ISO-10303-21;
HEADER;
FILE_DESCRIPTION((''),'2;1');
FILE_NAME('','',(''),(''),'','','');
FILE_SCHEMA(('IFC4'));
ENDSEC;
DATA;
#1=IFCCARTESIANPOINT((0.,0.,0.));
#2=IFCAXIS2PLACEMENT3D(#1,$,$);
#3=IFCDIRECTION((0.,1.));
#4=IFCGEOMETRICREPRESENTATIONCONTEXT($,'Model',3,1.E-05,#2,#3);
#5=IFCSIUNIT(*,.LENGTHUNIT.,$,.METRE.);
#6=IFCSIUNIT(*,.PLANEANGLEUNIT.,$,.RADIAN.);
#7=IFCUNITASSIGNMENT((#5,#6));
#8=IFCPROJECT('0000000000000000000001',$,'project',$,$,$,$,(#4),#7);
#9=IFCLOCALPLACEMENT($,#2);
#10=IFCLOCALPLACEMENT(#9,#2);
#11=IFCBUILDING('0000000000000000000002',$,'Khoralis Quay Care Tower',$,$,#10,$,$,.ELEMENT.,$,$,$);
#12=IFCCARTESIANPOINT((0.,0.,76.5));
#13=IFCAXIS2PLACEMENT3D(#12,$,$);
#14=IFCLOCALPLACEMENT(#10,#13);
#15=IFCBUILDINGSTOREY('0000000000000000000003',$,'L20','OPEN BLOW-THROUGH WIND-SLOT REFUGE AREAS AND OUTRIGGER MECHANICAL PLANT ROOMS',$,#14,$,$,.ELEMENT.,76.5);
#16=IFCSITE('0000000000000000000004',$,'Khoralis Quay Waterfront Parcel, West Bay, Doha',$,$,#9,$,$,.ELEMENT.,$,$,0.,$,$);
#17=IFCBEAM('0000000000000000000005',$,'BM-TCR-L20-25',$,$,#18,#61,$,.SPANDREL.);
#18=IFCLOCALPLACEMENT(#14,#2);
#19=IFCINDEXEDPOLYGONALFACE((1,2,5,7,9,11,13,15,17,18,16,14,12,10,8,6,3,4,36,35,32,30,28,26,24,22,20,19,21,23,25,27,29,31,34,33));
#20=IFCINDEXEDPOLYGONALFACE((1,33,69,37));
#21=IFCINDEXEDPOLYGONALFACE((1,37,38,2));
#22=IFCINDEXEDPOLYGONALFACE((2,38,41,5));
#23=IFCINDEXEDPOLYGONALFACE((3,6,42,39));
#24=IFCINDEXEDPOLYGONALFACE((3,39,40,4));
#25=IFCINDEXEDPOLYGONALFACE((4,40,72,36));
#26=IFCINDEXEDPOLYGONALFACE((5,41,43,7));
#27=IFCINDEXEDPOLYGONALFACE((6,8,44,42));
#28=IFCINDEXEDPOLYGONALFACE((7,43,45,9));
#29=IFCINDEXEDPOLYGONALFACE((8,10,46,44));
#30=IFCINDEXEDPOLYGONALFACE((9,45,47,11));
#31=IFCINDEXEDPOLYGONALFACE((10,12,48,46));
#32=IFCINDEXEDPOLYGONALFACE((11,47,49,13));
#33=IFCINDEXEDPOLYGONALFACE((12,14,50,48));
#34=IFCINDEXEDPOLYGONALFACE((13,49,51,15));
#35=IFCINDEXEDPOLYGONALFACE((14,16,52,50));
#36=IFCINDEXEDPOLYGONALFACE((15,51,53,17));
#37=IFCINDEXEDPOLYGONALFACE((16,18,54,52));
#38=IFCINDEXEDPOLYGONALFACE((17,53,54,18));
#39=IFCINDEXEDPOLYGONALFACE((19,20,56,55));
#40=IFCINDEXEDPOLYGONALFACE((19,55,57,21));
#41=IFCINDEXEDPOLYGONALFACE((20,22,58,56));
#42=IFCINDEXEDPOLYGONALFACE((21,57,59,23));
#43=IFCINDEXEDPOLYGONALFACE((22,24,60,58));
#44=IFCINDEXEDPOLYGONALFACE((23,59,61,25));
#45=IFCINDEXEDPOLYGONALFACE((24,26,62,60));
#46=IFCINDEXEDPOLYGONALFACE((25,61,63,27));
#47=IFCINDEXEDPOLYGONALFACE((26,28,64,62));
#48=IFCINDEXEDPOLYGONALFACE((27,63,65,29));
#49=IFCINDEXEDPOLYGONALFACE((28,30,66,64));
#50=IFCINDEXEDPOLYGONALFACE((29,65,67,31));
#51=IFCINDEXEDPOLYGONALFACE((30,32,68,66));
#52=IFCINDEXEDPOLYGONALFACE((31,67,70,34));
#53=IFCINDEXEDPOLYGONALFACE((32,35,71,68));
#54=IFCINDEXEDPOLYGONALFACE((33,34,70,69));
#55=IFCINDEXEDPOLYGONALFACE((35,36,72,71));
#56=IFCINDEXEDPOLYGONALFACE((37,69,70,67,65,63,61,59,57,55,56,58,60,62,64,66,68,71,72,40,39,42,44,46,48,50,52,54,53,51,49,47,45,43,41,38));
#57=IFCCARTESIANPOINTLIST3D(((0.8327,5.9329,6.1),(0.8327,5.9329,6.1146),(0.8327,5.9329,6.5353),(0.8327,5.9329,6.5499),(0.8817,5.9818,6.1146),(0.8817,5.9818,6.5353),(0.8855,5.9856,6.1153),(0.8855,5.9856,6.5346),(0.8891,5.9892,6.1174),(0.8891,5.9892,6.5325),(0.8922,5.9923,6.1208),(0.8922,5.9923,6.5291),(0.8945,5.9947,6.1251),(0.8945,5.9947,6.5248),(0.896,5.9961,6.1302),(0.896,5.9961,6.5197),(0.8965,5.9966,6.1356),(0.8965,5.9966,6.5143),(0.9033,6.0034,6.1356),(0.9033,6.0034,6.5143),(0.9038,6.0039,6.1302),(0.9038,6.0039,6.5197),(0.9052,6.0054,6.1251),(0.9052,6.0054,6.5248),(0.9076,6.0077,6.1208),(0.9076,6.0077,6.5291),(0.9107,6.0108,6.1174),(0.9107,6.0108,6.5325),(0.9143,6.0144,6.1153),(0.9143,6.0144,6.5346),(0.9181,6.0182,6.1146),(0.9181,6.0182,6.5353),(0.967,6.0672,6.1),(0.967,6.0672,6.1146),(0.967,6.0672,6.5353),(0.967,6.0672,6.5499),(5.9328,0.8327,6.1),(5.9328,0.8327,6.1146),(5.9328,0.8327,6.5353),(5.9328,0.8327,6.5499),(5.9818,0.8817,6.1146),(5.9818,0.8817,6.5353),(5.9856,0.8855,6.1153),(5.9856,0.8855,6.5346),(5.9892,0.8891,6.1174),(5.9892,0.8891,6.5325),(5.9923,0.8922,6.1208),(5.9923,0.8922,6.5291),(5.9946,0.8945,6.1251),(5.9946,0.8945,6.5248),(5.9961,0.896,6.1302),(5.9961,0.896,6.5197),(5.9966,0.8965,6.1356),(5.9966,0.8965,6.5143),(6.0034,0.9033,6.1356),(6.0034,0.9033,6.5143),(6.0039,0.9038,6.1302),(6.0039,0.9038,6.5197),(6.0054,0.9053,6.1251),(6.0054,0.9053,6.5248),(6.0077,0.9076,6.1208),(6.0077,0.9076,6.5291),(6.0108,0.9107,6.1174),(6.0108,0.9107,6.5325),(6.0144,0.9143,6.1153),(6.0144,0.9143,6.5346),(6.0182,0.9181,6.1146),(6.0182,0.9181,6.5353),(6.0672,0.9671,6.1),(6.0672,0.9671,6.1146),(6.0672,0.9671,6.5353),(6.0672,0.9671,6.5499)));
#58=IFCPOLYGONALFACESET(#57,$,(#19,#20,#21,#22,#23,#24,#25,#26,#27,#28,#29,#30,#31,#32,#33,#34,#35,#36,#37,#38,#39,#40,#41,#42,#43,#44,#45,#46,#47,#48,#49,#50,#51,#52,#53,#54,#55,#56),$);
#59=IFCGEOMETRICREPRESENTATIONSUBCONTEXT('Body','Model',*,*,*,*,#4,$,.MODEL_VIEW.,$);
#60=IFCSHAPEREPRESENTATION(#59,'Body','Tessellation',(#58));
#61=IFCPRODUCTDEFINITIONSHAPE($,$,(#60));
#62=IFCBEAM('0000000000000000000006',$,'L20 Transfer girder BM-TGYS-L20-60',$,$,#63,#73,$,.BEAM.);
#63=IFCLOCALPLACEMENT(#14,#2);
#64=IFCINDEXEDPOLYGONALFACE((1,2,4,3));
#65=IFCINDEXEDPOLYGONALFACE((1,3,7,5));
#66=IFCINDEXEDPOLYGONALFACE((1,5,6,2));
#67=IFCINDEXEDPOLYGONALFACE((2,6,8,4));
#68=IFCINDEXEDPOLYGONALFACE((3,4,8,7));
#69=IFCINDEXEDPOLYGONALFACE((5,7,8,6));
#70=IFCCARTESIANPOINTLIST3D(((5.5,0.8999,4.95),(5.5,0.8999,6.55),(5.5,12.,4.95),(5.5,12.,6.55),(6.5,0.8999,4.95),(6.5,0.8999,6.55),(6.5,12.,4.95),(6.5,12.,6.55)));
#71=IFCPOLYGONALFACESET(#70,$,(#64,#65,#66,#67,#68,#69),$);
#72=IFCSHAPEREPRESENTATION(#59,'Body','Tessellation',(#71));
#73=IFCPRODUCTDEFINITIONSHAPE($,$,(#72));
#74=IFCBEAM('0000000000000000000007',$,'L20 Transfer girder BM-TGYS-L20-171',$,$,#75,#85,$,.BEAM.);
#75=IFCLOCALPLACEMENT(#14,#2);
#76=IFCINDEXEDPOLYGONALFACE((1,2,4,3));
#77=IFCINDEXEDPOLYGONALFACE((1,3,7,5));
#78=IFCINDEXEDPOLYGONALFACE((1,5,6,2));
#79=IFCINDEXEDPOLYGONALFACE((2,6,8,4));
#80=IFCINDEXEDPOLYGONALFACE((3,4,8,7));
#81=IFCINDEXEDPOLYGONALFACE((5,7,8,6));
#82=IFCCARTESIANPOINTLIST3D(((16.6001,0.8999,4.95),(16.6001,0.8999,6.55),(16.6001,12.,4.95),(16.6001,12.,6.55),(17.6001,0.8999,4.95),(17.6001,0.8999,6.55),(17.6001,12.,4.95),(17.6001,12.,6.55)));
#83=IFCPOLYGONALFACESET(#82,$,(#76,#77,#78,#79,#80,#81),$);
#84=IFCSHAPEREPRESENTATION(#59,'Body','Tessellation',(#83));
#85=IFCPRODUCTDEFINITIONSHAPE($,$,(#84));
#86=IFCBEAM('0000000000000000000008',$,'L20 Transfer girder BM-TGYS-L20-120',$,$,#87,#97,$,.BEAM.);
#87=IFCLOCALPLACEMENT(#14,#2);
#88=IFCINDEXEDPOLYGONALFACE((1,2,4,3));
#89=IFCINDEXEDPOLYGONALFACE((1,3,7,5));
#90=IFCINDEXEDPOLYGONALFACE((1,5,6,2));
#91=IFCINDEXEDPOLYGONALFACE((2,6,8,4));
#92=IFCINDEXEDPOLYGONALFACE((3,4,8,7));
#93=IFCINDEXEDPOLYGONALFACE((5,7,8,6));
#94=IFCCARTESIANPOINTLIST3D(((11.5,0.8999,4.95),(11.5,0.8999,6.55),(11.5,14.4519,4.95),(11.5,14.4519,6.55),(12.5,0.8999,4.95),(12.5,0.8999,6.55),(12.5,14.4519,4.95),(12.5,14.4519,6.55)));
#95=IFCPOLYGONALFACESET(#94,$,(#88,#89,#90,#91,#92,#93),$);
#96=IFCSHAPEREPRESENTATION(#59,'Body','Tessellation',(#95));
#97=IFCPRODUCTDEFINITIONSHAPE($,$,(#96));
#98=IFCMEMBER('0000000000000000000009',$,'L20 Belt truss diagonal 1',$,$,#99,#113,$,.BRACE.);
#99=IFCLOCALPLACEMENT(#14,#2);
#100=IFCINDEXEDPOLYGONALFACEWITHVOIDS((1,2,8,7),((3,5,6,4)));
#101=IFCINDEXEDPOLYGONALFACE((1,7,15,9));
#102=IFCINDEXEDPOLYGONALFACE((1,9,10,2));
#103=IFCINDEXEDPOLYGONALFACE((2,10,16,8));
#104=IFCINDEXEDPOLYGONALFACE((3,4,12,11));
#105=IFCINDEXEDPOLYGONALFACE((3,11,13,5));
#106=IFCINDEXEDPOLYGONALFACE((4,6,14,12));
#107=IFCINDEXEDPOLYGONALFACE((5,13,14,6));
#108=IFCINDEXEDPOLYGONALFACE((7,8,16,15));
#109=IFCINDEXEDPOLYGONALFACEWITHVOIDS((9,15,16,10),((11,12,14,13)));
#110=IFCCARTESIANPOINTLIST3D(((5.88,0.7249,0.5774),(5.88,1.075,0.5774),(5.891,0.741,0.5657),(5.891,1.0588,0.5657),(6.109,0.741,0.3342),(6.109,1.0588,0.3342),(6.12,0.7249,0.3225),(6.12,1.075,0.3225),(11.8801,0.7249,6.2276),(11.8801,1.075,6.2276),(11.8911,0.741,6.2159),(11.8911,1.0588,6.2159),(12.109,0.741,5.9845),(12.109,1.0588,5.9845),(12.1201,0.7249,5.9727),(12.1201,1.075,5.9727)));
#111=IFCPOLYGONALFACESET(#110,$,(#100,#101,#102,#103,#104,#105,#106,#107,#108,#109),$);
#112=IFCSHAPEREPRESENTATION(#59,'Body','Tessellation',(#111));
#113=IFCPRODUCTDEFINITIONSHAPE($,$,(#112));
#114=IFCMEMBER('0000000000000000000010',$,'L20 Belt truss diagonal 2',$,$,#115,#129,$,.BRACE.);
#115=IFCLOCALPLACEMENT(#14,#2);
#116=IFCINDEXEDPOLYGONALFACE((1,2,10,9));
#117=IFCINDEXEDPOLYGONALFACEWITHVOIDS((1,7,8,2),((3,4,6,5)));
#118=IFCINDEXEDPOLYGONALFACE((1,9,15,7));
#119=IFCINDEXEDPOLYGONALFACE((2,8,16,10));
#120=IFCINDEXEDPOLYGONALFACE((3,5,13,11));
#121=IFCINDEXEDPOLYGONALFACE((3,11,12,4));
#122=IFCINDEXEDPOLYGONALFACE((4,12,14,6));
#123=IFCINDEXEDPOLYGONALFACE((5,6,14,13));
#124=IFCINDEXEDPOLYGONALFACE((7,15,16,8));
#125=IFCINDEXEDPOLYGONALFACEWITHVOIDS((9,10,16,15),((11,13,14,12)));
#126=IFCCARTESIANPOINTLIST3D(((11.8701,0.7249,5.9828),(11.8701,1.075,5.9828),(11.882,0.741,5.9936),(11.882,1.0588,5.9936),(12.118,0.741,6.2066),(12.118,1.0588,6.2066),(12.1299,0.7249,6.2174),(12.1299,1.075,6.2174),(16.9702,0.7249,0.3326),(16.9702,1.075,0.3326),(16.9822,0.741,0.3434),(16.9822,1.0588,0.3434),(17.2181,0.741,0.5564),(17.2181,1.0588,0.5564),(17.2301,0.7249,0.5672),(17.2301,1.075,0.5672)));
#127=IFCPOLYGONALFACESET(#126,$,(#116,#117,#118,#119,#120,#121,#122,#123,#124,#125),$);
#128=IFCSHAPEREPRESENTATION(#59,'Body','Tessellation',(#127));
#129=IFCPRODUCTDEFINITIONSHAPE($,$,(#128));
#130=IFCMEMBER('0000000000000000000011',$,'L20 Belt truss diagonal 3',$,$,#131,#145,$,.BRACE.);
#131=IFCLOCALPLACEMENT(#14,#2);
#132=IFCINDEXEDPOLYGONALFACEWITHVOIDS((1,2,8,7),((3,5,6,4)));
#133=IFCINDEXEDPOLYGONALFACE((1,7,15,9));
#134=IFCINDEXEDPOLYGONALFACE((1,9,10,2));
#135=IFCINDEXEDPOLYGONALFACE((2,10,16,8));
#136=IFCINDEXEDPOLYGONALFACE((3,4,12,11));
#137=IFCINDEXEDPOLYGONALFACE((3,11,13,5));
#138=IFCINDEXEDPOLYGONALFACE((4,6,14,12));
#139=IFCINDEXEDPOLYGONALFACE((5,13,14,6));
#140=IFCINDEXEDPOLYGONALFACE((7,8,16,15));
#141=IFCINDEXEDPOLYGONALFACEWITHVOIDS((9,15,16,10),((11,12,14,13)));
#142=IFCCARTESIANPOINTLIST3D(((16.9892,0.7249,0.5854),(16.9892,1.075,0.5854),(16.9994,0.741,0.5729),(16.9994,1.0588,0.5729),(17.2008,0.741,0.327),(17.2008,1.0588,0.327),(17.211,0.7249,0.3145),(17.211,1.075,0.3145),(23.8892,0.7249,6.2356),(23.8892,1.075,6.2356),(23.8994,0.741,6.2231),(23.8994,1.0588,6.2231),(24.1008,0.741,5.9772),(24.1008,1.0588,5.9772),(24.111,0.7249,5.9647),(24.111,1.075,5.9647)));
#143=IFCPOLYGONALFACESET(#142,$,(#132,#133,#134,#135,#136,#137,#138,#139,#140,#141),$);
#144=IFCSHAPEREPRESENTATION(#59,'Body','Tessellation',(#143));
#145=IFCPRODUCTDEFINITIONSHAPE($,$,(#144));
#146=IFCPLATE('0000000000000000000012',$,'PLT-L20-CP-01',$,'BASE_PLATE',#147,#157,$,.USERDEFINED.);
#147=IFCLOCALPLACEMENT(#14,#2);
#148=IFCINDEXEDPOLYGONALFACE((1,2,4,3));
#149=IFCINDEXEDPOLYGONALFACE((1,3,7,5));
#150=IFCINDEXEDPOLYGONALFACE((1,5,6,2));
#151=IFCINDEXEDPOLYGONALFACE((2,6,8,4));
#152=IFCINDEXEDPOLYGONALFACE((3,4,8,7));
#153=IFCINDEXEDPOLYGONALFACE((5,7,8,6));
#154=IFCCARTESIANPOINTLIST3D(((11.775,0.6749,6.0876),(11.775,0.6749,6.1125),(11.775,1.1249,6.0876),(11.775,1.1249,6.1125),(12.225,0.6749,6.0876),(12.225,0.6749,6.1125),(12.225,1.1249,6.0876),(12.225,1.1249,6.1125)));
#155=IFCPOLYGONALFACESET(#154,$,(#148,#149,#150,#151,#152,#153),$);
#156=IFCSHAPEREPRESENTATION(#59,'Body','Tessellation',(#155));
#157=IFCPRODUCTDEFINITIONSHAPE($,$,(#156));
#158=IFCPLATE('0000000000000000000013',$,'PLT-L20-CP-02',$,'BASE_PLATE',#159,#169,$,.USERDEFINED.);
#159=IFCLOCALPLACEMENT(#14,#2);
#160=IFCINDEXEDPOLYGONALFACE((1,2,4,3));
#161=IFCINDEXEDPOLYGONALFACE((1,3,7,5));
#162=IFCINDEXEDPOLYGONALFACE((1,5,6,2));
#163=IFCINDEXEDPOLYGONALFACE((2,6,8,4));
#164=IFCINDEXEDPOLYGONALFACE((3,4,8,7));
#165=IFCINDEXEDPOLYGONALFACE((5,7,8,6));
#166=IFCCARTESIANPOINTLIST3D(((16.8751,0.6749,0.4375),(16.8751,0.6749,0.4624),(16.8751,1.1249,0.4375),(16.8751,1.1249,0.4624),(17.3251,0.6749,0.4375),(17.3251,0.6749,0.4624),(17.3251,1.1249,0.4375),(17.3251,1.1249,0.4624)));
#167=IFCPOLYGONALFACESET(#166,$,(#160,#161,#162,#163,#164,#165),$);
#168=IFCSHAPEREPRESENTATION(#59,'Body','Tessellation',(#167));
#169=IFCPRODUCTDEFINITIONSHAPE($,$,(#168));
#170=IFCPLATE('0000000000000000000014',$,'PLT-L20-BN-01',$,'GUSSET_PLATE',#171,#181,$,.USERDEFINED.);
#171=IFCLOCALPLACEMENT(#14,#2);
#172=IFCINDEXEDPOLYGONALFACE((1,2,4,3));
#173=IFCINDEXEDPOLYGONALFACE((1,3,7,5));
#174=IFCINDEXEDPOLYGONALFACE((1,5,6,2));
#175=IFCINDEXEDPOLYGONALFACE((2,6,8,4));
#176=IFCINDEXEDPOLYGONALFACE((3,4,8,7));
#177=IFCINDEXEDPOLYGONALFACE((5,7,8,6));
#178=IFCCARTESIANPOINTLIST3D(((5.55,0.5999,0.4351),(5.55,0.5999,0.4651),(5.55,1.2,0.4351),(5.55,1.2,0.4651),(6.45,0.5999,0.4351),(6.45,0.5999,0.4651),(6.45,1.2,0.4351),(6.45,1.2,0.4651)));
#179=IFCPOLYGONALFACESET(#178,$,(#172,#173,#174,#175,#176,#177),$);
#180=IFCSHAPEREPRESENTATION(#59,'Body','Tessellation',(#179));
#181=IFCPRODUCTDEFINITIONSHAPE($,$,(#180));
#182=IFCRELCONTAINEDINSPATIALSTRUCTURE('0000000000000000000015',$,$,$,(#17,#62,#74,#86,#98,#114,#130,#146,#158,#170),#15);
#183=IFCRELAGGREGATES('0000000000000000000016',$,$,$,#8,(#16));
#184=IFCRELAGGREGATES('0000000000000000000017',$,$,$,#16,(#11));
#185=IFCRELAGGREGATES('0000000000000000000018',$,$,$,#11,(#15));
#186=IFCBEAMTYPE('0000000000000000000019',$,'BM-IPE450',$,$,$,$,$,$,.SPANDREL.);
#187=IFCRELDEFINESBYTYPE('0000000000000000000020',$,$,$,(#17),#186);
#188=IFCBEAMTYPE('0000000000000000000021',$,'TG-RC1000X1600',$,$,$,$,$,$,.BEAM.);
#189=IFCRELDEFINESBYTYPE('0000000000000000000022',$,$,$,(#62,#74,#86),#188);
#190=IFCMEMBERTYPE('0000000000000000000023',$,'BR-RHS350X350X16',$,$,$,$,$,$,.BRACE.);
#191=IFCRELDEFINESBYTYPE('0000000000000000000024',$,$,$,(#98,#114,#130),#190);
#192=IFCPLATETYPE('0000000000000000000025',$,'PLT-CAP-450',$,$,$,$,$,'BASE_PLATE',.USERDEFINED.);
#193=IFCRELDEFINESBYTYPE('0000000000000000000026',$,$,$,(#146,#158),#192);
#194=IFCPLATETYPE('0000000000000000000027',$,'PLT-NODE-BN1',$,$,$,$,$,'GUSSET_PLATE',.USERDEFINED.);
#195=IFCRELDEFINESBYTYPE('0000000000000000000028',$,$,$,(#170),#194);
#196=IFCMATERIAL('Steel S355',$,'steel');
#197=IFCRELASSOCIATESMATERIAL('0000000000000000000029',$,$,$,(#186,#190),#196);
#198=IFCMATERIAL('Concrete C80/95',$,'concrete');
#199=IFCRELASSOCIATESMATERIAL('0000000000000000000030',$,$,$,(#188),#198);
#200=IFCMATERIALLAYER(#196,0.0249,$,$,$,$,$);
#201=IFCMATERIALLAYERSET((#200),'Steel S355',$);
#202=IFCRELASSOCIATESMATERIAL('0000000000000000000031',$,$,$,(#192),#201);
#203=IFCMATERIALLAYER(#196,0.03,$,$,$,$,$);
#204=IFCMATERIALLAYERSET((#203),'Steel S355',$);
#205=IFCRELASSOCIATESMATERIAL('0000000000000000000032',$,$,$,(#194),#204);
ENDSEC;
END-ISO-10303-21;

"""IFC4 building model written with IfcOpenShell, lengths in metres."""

from ifc_helpers import new_model, si_unit, direction, frame, origin, origin_2d, place, context, subcontext, project, spatial, rectangle, hollow_rectangle, i_section, extrude, source, transform, mapped, material, layer, layer_set, material_profile, profile_set, type_object, element, save


model = new_model("IFC4")

# Units and contexts
model_context = context("Model", 3, precision=1e-05, world=origin(), true_north=direction((0.0, 1.0)))
body_context = subcontext(model_context, "Body", "Model", "MODEL_VIEW")
ifc_project = project(units=[si_unit("LENGTHUNIT", "METRE"), si_unit("PLANEANGLEUNIT", "RADIAN")], contexts=[model_context])

# Site, building, storey
site_placement = place(None, origin())
site = spatial("IfcSite", under=ifc_project, at=site_placement, Name="Khoralis Quay Waterfront Parcel, West Bay, Doha", CompositionType="ELEMENT", RefElevation=0.0)
building_placement = place(site_placement, origin())
building = spatial("IfcBuilding", under=site, at=building_placement, Name="Khoralis Quay Care Tower", CompositionType="ELEMENT")
storey_placement = place(building_placement, frame((0.0, 0.0, 76.5)))
storey = spatial("IfcBuildingStorey", under=building, at=storey_placement, Name="L20", Description="OPEN BLOW-THROUGH WIND-SLOT REFUGE AREAS AND OUTRIGGER MECHANICAL PLANT ROOMS", CompositionType="ELEMENT", Elevation=76.5)

# Shared definitions
ifc_material_1 = material(Name="Concrete C80/95", Category="concrete")

# Beams
ifc_material_2 = material(Name="Steel S355", Category="steel")
ifc_material_profile_1 = material_profile(ifc_material_2, i_section(OverallWidth=0.1899, OverallDepth=0.45, WebThickness=0.0095, FlangeThickness=0.0146, FilletRadius=0.021, at=origin_2d()), Name="Steel S355")
ifc_profile_set_1 = profile_set([ifc_material_profile_1], Name="Steel S355")
beam_type_1 = type_object("IfcBeamType", Name="BM-IPE450", PredefinedType="SPANDREL", material=ifc_profile_set_1)
shared_shape_1 = source(origin(), body_context, "Body", "SweptSolid", [
    extrude(i_section(OverallWidth=0.1899, OverallDepth=0.45, WebThickness=0.0095, FlangeThickness=0.0146, FilletRadius=0.021, at=origin_2d()), origin(), (0.0, 0.0, 1.0), 7.2126),
])
beam_1_placement = place(storey_placement, frame((6.0, 0.8999, 6.325), z_axis=(-0.707107, 0.707107, 0.0), x_axis=(-0.707107, -0.707107, 0.0)))
element("IfcBeam", 1, at=beam_1_placement, inside=storey, type_object=beam_type_1, Name="BM-TCR-L20-25", PredefinedType="SPANDREL", context=body_context, shape_type="MappedRepresentation", body=[
    mapped(shared_shape_1, transform((0.0, 0.0, 0.0), scale=1.0)),
])
ifc_material_profile_2 = material_profile(ifc_material_1, rectangle(XDim=1.0, YDim=1.6001, at=origin_2d()), Name="Concrete C80/95")
ifc_profile_set_2 = profile_set([ifc_material_profile_2], Name="Concrete C80/95")
beam_type_2 = type_object("IfcBeamType", Name="TG-RC1000X1600", PredefinedType="BEAM", material=ifc_profile_set_2)
shared_shape_2 = source(origin(), body_context, "Body", "SweptSolid", [
    extrude(rectangle(XDim=1.0, YDim=1.6001, at=origin_2d()), origin(), (0.0, 0.0, 1.0), 11.1001),
])
for number, where, z_axis, x_axis, name in (
    (2, (6.0, 0.8999, 5.75), (0.0, 1.0, 0.0), (-1.0, 0.0, 0.0), "L20 Transfer girder BM-TGYS-L20-60"),
    (3, (17.1001, 0.8999, 5.75), (0.0, 1.0, 0.0), (-1.0, 0.0, 0.0), "L20 Transfer girder BM-TGYS-L20-171"),
):
    element("IfcBeam", number, at=place(storey_placement, frame(where, z_axis=z_axis, x_axis=x_axis)), inside=storey, type_object=beam_type_2, Name=name, PredefinedType="BEAM", context=body_context, shape_type="MappedRepresentation", body=[
        mapped(shared_shape_2, transform((0.0, 0.0, 0.0), scale=1.0)),
    ])
shared_shape_3 = source(origin(), body_context, "Body", "SweptSolid", [
    extrude(rectangle(XDim=1.0, YDim=1.6001, at=origin_2d()), origin(), (0.0, 0.0, 1.0), 13.552),
])
beam_2_placement = place(storey_placement, frame((12.0, 0.8999, 5.75), z_axis=(0.0, 1.0, 0.0), x_axis=(-1.0, 0.0, 0.0)))
element("IfcBeam", 4, at=beam_2_placement, inside=storey, type_object=beam_type_2, Name="L20 Transfer girder BM-TGYS-L20-120", PredefinedType="BEAM", context=body_context, shape_type="MappedRepresentation", body=[
    mapped(shared_shape_3, transform((0.0, 0.0, 0.0), scale=1.0)),
])

# Members
ifc_material_profile_3 = material_profile(ifc_material_2, hollow_rectangle(XDim=0.3501, YDim=0.3501, WallThickness=0.0161, at=origin_2d()), Name="Steel S355")
ifc_profile_set_3 = profile_set([ifc_material_profile_3], Name="Steel S355")
member_type = type_object("IfcMemberType", Name="BR-RHS350X350X16", PredefinedType="BRACE", material=ifc_profile_set_3)
shared_shape_4 = source(origin(), body_context, "Body", "SweptSolid", [
    extrude(hollow_rectangle(XDim=0.3501, YDim=0.3501, WallThickness=0.0161, at=origin_2d()), origin(), (0.0, 0.0, 1.0), 8.2417),
])
member_1_placement = place(storey_placement, frame((6.0, 0.8999, 0.45), z_axis=(0.728013, 0.0, 0.685563), x_axis=(0.0, 1.0, 0.0)))
element("IfcMember", 5, at=member_1_placement, inside=storey, type_object=member_type, Name="L20 Belt truss diagonal 1", PredefinedType="BRACE", context=body_context, shape_type="MappedRepresentation", body=[
    mapped(shared_shape_4, transform((0.0, 0.0, 0.0), scale=1.0)),
])
shared_shape_5 = source(origin(), body_context, "Body", "SweptSolid", [
    extrude(hollow_rectangle(XDim=0.3501, YDim=0.3501, WallThickness=0.0161, at=origin_2d()), origin(), (0.0, 0.0, 1.0), 7.6116),
])
member_2_placement = place(storey_placement, frame((12.0, 0.8999, 6.1001), z_axis=(0.67005, 0.0, -0.742316), x_axis=(0.0, 1.0, 0.0)))
element("IfcMember", 6, at=member_2_placement, inside=storey, type_object=member_type, Name="L20 Belt truss diagonal 2", PredefinedType="BRACE", context=body_context, shape_type="MappedRepresentation", body=[
    mapped(shared_shape_5, transform((0.0, 0.0, 0.0), scale=1.0)),
])
shared_shape_6 = source(origin(), body_context, "Body", "SweptSolid", [
    extrude(hollow_rectangle(XDim=0.3501, YDim=0.3501, WallThickness=0.0161, at=origin_2d()), origin(), (0.0, 0.0, 1.0), 8.9182),
])
member_3_placement = place(storey_placement, frame((17.1001, 0.8999, 0.45), z_axis=(0.773695, 0.0, 0.633558), x_axis=(0.0, 1.0, 0.0)))
element("IfcMember", 7, at=member_3_placement, inside=storey, type_object=member_type, Name="L20 Belt truss diagonal 3", PredefinedType="BRACE", context=body_context, shape_type="MappedRepresentation", body=[
    mapped(shared_shape_6, transform((0.0, 0.0, 0.0), scale=1.0)),
])

# Plates
ifc_layer_1 = layer(ifc_material_2, 0.0249)
ifc_layer_set_1 = layer_set([ifc_layer_1], Name="Steel S355")
plate_type_1 = type_object("IfcPlateType", Name="PLT-CAP-450", ElementType="BASE_PLATE", PredefinedType="USERDEFINED", material=ifc_layer_set_1)
shared_shape_7 = source(origin(), body_context, "Body", "SweptSolid", [
    extrude(rectangle(XDim=0.45, YDim=0.45, at=origin_2d()), origin(), (0.0, 0.0, 1.0), 0.0249),
])
for number, where, z_axis, x_axis, name in (
    (8, (12.0, 0.8999, 6.0876), (0.0, 0.0, 1.0), (1.0, 0.0, 0.0), "PLT-L20-CP-01"),
    (9, (17.1001, 0.8999, 0.4375), (0.0, 0.0, 1.0), (1.0, 0.0, 0.0), "PLT-L20-CP-02"),
):
    element("IfcPlate", number, at=place(storey_placement, frame(where, z_axis=z_axis, x_axis=x_axis)), inside=storey, type_object=plate_type_1, Name=name, ObjectType="BASE_PLATE", PredefinedType="USERDEFINED", context=body_context, shape_type="MappedRepresentation", body=[
        mapped(shared_shape_7, transform((0.0, 0.0, 0.0), scale=1.0)),
    ])
ifc_layer_2 = layer(ifc_material_2, 0.03)
ifc_layer_set_2 = layer_set([ifc_layer_2], Name="Steel S355")
plate_type_2 = type_object("IfcPlateType", Name="PLT-NODE-BN1", ElementType="GUSSET_PLATE", PredefinedType="USERDEFINED", material=ifc_layer_set_2)
shared_shape_8 = source(origin(), body_context, "Body", "SweptSolid", [
    extrude(rectangle(XDim=0.8999, YDim=0.6001, at=origin_2d()), origin(), (0.0, 0.0, 1.0), 0.03),
])
plate_placement = place(storey_placement, frame((6.0, 0.8999, 0.4351), z_axis=(0.0, 0.0, 1.0), x_axis=(1.0, 0.0, 0.0)))
element("IfcPlate", 10, at=plate_placement, inside=storey, type_object=plate_type_2, Name="PLT-L20-BN-01", ObjectType="GUSSET_PLATE", PredefinedType="USERDEFINED", context=body_context, shape_type="MappedRepresentation", body=[
    mapped(shared_shape_8, transform((0.0, 0.0, 0.0), scale=1.0)),
])

save(model, "model.ifc")
